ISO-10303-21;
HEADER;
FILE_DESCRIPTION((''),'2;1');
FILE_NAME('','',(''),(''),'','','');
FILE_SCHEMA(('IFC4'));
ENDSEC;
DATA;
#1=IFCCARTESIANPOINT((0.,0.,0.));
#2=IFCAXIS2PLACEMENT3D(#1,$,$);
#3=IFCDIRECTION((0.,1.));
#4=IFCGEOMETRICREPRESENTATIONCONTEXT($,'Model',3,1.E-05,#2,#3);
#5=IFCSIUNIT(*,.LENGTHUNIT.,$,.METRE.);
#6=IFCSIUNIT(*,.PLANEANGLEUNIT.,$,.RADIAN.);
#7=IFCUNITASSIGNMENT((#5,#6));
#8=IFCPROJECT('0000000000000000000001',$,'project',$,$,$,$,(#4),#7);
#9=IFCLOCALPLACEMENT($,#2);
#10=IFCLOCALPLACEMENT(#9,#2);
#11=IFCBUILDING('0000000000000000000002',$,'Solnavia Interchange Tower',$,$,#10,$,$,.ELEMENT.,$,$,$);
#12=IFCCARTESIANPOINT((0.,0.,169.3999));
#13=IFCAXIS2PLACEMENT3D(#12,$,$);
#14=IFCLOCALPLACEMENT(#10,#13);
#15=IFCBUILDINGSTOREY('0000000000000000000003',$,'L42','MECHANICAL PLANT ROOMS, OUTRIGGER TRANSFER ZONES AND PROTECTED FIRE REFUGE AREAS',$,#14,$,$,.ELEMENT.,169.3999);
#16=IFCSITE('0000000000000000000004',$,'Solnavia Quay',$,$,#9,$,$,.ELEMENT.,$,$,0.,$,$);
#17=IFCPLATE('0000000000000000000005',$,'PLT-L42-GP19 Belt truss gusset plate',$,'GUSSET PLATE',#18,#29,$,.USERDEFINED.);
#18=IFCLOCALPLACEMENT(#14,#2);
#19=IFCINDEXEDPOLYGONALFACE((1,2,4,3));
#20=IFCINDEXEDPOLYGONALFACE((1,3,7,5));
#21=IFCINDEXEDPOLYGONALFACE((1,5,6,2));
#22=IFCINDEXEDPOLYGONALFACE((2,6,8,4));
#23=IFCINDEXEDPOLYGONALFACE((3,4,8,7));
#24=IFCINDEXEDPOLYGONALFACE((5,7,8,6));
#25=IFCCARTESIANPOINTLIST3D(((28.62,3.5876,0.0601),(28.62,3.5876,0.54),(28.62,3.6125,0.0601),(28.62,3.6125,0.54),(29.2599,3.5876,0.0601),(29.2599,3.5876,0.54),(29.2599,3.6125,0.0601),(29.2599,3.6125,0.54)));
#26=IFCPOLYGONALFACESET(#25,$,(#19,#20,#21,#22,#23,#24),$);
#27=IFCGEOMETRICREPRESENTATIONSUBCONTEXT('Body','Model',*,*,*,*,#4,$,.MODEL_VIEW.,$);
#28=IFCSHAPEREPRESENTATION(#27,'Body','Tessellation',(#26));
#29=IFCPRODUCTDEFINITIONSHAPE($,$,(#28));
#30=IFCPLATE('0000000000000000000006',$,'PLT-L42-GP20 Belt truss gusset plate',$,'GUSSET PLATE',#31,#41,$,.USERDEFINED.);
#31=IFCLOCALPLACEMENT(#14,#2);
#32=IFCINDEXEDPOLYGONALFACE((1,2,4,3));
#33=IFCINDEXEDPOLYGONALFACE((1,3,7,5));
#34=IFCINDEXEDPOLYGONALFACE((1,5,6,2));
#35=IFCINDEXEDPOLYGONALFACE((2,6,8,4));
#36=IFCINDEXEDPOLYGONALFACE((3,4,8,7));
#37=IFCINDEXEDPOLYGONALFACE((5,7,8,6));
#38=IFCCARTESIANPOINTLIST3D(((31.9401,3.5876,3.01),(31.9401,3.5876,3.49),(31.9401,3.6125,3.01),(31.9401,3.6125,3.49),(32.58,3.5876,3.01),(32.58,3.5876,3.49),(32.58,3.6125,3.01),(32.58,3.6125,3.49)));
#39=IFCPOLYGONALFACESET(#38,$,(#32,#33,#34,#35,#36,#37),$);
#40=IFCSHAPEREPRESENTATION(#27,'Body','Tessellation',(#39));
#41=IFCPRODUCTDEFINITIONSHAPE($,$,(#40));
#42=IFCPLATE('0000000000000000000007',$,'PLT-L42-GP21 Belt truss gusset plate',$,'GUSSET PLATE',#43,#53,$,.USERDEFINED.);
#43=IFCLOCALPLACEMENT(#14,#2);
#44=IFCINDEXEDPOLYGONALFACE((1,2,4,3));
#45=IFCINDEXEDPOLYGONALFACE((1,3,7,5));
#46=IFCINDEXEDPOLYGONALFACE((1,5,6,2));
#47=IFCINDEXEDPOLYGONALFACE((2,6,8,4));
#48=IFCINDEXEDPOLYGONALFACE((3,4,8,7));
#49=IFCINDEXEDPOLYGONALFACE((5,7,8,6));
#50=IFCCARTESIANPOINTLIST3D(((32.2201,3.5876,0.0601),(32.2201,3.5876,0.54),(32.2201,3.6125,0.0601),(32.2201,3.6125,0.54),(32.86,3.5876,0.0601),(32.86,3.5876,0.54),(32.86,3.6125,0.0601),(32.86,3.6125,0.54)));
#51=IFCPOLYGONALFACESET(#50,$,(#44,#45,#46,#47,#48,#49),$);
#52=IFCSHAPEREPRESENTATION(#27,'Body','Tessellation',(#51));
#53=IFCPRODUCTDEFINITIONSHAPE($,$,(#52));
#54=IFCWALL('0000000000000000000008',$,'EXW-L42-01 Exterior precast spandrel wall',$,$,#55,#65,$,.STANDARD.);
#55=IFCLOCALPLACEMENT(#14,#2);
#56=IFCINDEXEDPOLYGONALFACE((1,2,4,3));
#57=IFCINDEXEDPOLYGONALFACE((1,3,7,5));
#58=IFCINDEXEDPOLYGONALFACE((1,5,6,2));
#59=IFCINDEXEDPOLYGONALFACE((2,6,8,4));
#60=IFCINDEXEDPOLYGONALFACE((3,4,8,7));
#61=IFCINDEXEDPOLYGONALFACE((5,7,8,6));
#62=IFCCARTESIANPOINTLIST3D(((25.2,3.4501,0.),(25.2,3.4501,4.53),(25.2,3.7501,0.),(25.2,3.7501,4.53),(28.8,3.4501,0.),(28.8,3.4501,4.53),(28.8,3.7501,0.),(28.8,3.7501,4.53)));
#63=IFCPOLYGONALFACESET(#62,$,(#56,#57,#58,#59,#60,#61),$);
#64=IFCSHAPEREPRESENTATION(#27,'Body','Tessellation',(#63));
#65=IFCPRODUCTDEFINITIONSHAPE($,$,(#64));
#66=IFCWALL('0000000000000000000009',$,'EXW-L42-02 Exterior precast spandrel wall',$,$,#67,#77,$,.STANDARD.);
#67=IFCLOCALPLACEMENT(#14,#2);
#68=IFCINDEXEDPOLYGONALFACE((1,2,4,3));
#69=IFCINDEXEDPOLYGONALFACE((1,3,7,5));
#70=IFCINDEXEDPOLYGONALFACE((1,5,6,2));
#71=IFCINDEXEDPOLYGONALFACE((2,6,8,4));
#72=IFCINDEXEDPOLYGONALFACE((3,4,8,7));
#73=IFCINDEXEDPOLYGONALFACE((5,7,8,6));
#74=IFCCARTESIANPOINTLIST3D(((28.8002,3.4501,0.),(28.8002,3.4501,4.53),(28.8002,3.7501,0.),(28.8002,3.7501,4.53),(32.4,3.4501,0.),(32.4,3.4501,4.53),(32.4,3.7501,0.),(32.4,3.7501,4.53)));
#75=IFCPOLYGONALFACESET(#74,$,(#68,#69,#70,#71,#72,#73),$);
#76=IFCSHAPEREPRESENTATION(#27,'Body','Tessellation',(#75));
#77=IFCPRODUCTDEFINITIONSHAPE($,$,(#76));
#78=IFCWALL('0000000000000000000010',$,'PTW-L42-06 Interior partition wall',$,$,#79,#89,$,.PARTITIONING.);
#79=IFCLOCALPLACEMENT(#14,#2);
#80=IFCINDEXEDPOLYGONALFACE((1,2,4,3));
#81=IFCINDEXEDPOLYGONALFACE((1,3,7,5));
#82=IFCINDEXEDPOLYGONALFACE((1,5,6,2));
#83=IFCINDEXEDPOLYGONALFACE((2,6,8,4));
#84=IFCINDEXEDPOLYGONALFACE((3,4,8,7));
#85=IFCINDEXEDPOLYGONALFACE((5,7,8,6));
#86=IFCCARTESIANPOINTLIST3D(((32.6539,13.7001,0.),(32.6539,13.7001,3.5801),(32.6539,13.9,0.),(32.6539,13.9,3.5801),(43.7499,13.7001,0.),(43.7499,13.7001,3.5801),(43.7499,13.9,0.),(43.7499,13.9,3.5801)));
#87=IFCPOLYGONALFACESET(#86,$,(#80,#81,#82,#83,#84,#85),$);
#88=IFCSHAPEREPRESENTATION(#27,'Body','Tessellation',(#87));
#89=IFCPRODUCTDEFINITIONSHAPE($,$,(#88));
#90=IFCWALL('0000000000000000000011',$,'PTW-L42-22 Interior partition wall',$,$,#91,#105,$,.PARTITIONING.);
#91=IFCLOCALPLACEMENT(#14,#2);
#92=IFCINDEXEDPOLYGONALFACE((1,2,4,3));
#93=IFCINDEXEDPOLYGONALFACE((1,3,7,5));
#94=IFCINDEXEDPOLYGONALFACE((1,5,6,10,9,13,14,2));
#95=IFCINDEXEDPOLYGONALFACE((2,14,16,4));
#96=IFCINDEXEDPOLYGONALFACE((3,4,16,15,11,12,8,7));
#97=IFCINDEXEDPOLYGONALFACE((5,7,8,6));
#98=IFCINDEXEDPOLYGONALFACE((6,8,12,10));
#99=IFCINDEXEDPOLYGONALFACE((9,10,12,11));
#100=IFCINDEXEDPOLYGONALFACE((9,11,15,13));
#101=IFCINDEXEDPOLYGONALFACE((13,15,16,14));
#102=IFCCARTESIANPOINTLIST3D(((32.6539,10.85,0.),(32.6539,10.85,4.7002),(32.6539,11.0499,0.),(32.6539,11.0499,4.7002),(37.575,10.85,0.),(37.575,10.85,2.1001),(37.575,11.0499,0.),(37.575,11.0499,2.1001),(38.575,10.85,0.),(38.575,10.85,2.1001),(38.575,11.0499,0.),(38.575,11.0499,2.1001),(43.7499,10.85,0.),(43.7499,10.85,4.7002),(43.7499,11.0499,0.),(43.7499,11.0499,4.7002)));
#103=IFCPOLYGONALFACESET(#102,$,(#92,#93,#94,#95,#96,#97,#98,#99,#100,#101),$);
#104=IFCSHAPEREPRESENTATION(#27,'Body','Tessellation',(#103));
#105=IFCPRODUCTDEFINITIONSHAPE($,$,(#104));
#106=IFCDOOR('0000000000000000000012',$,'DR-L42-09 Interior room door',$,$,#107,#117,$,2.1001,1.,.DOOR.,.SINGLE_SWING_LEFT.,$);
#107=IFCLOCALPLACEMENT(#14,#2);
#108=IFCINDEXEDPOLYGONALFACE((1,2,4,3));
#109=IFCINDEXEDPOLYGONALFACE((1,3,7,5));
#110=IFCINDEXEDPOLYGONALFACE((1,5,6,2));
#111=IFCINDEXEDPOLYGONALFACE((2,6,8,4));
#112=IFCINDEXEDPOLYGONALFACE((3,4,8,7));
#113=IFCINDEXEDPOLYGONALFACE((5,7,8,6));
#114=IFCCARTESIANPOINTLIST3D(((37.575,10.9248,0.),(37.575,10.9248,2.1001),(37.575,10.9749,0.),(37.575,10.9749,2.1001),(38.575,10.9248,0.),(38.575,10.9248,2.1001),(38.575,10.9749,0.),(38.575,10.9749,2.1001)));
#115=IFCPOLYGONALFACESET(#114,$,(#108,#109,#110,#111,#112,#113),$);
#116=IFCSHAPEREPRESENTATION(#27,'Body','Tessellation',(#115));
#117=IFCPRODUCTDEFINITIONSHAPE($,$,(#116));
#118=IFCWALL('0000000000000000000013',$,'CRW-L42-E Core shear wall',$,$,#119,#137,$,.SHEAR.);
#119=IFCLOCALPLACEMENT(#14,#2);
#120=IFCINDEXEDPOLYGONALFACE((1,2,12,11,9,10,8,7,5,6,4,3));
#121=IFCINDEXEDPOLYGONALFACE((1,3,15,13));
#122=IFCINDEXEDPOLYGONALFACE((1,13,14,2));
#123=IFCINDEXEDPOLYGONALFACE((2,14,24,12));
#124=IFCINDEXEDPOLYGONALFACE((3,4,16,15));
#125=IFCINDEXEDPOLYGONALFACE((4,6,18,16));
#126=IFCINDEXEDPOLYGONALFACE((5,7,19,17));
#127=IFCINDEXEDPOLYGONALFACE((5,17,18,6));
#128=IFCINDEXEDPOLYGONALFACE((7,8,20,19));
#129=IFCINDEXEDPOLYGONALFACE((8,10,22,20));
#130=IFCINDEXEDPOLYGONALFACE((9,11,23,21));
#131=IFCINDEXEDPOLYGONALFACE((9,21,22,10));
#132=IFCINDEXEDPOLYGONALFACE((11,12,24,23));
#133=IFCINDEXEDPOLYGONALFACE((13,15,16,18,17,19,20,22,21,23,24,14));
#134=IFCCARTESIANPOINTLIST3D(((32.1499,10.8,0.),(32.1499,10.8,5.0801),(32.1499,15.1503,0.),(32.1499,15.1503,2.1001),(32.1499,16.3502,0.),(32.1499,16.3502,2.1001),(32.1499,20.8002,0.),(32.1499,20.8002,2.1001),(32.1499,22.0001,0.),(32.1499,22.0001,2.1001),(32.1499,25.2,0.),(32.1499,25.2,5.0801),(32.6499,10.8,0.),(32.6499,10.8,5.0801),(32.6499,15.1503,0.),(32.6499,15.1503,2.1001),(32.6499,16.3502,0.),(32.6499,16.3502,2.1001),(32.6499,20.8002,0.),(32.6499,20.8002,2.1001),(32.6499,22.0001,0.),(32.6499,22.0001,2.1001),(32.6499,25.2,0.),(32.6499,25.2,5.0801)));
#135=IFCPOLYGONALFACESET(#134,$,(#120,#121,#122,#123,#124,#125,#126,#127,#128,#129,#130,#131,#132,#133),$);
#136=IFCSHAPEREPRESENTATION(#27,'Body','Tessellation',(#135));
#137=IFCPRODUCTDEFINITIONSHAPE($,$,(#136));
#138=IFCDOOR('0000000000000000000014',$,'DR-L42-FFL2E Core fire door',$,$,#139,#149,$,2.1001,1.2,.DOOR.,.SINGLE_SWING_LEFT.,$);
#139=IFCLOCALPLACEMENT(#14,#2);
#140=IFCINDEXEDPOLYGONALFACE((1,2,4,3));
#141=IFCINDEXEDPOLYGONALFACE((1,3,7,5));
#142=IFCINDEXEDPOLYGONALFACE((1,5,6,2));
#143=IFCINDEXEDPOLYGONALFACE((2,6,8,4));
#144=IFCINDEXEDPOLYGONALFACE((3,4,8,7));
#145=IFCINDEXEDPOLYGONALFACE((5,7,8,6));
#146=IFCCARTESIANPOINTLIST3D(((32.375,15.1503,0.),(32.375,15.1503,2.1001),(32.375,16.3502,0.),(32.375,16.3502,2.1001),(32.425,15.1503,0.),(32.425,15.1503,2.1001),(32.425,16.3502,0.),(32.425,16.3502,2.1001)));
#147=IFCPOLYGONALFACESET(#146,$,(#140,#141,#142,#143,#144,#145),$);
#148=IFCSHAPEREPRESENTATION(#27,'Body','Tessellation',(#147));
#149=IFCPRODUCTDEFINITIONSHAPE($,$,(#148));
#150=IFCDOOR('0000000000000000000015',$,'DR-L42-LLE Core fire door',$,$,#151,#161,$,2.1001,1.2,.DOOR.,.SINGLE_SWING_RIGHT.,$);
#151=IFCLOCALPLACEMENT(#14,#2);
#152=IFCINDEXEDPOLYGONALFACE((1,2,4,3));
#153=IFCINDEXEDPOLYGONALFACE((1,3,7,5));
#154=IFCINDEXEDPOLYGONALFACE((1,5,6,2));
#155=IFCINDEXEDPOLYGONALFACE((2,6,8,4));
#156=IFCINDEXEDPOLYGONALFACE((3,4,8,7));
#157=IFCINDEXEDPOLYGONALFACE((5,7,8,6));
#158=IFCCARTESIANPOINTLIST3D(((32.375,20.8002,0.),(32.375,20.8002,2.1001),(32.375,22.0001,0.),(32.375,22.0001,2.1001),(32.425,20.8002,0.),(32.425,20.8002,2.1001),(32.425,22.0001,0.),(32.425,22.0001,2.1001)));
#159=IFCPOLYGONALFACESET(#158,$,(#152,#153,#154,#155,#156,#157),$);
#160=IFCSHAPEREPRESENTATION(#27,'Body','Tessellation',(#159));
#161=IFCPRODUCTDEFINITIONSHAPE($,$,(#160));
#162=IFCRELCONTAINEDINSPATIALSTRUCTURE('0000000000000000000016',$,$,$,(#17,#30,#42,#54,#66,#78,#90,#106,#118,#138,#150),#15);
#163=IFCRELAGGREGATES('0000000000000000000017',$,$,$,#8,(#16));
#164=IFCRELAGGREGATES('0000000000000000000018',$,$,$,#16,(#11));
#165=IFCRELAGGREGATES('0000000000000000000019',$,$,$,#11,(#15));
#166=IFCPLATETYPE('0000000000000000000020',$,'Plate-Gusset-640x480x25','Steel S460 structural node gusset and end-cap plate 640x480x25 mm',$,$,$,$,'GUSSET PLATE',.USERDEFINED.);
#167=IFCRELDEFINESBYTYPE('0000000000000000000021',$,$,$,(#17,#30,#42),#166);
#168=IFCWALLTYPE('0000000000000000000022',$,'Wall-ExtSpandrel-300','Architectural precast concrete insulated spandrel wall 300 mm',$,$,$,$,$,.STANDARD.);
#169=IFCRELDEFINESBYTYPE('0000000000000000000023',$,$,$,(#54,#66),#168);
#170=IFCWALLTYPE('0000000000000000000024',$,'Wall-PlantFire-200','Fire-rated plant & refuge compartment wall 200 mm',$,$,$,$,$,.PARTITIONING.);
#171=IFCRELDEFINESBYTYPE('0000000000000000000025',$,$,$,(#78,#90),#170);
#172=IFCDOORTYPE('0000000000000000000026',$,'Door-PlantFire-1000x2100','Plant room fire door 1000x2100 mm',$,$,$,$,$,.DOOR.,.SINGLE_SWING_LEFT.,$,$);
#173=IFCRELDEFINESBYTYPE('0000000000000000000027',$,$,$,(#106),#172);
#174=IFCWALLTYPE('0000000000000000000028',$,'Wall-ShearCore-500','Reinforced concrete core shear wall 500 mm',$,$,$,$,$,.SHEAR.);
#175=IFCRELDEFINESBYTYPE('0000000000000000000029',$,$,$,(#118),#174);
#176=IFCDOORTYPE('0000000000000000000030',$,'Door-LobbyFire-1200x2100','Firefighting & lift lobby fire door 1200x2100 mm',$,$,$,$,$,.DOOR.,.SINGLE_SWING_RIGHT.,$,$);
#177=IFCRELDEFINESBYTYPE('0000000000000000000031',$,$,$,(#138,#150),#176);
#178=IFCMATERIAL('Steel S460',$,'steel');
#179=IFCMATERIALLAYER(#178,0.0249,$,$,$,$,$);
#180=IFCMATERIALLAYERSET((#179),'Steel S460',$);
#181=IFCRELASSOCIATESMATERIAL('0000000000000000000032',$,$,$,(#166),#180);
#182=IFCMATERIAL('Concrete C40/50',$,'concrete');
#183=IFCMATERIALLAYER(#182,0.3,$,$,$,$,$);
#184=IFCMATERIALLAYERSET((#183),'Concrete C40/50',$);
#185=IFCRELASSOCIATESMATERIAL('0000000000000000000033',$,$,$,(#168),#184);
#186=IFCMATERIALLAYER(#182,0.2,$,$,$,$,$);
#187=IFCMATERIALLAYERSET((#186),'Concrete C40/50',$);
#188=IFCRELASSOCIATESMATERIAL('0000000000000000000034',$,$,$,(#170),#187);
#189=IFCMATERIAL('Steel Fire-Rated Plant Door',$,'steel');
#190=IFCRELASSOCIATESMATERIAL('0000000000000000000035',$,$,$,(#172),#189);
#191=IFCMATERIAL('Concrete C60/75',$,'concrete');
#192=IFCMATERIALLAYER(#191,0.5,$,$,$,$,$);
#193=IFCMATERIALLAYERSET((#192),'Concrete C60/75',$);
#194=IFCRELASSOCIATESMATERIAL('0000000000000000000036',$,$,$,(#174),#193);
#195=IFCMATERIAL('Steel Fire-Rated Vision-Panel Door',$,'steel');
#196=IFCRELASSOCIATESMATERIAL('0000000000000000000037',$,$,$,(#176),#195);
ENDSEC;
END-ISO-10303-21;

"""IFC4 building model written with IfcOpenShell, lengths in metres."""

from ifc_helpers import new_model, si_unit, direction, frame, frame_2d, origin, origin_2d, place, context, subcontext, project, spatial, rectangle, extrude, material, layer, layer_set, type_object, element, fill, save


model = new_model("IFC4")

# Units and contexts
model_context = context("Model", 3, precision=1e-05, world=origin(), true_north=direction((0.0, 1.0)))
body_context = subcontext(model_context, "Body", "Model", "MODEL_VIEW")
ifc_project = project(units=[si_unit("LENGTHUNIT", "METRE"), si_unit("PLANEANGLEUNIT", "RADIAN")], contexts=[model_context])

# Site, building, storey
site_placement = place(None, origin())
site = spatial("IfcSite", under=ifc_project, at=site_placement, Name="Solnavia Quay", CompositionType="ELEMENT", RefElevation=0.0)
building_placement = place(site_placement, origin())
building = spatial("IfcBuilding", under=site, at=building_placement, Name="Solnavia Interchange Tower", CompositionType="ELEMENT")
storey_placement = place(building_placement, frame((0.0, 0.0, 169.3999)))
storey = spatial("IfcBuildingStorey", under=building, at=storey_placement, Name="L42", Description="MECHANICAL PLANT ROOMS, OUTRIGGER TRANSFER ZONES AND PROTECTED FIRE REFUGE AREAS", CompositionType="ELEMENT", Elevation=169.3999)

# Shared definitions
ifc_material_1 = material(Name="Steel S460", Category="steel")

# Plates
ifc_layer_1 = layer(ifc_material_1, 0.0249)
ifc_layer_set_1 = layer_set([ifc_layer_1], Name="Steel S460")
plate_type = type_object("IfcPlateType", Name="Plate-Gusset-640x480x25", Description="Steel S460 structural node gusset and end-cap plate 640x480x25 mm", ElementType="GUSSET PLATE", PredefinedType="USERDEFINED", material=ifc_layer_set_1)
for number, where, z_axis, x_axis, name in (
    (1, (28.9399, 3.6001, 0.0601), (0.0, 0.0, 1.0), (1.0, 0.0, 0.0), "PLT-L42-GP19 Belt truss gusset plate"),
    (2, (32.26, 3.6001, 3.01), (0.0, 0.0, 1.0), (1.0, 0.0, 0.0), "PLT-L42-GP20 Belt truss gusset plate"),
    (3, (32.54, 3.6001, 0.0601), (0.0, 0.0, 1.0), (1.0, 0.0, 0.0), "PLT-L42-GP21 Belt truss gusset plate"),
):
    element("IfcPlate", number, at=place(storey_placement, frame(where, z_axis=z_axis, x_axis=x_axis)), inside=storey, type_object=plate_type, Name=name, ObjectType="GUSSET PLATE", PredefinedType="USERDEFINED", context=body_context, shape_type="SweptSolid", body=[
        extrude(rectangle(XDim=0.6399, YDim=0.0249, at=origin_2d()), origin(), (0.0, 0.0, 1.0), 0.48),
    ])

# Walls
ifc_material_2 = material(Name="Concrete C40/50", Category="concrete")
ifc_layer_2 = layer(ifc_material_2, 0.3)
ifc_layer_set_2 = layer_set([ifc_layer_2], Name="Concrete C40/50")
wall_type_1 = type_object("IfcWallType", Name="Wall-ExtSpandrel-300", Description="Architectural precast concrete insulated spandrel wall 300 mm", PredefinedType="STANDARD", material=ifc_layer_set_2)
wall_1_placement = place(storey_placement, frame((28.8, 3.6001, 0.0), z_axis=(0.0, 0.0, 1.0), x_axis=(-1.0, 0.0, 0.0)))
element("IfcWall", 4, at=wall_1_placement, inside=storey, type_object=wall_type_1, Name="EXW-L42-01 Exterior precast spandrel wall", PredefinedType="STANDARD", context=body_context, shape_type="SweptSolid", body=[
    extrude(rectangle(XDim=3.6001, YDim=0.3, at=frame_2d((1.8, 0.0))), origin(), (0.0, 0.0, 1.0), 4.53),
])
wall_2_placement = place(storey_placement, frame((32.3999, 3.6001, 0.0), z_axis=(0.0, 0.0, 1.0), x_axis=(-1.0, 0.0, 0.0)))
element("IfcWall", 5, at=wall_2_placement, inside=storey, type_object=wall_type_1, Name="EXW-L42-02 Exterior precast spandrel wall", PredefinedType="STANDARD", context=body_context, shape_type="SweptSolid", body=[
    extrude(rectangle(XDim=3.5999, YDim=0.3, at=frame_2d((1.7998, 0.0))), origin(), (0.0, 0.0, 1.0), 4.53),
])
ifc_layer_3 = layer(ifc_material_2, 0.2)
ifc_layer_set_3 = layer_set([ifc_layer_3], Name="Concrete C40/50")
wall_type_2 = type_object("IfcWallType", Name="Wall-PlantFire-200", Description="Fire-rated plant & refuge compartment wall 200 mm", PredefinedType="PARTITIONING", material=ifc_layer_set_3)
wall_3_placement = place(storey_placement, frame((32.6541, 13.8, 0.0), z_axis=(0.0, 0.0, 1.0), x_axis=(1.0, 0.0, 0.0)))
element("IfcWall", 6, at=wall_3_placement, inside=storey, type_object=wall_type_2, Name="PTW-L42-06 Interior partition wall", PredefinedType="PARTITIONING", context=body_context, shape_type="SweptSolid", body=[
    extrude(rectangle(XDim=11.0959, YDim=0.2, at=frame_2d((5.5479, 0.0))), origin(), (0.0, 0.0, 1.0), 3.5801),
])

# Wall, opening, door
wall_4_placement = place(storey_placement, frame((32.6541, 10.95, 0.0), z_axis=(0.0, 0.0, 1.0), x_axis=(1.0, 0.0, 0.0)))
wall_4 = element("IfcWall", 7, at=wall_4_placement, inside=storey, type_object=wall_type_2, Name="PTW-L42-22 Interior partition wall", PredefinedType="PARTITIONING", context=body_context, shape_type="SweptSolid", body=[
    extrude(rectangle(XDim=11.0959, YDim=0.2, at=frame_2d((5.5479, 0.0))), origin(), (0.0, 0.0, 1.0), 4.7002),
])
opening_1_placement = place(wall_4_placement, frame((4.9209, 0.0, 0.0)))
opening_1 = element("IfcOpeningElement", 8, at=opening_1_placement, cuts=wall_4, PredefinedType="OPENING", context=body_context, shape_type="SweptSolid", body=[
    extrude(rectangle(XDim=1.0, YDim=2.1001, at=frame_2d((0.5, 1.05))), frame((0.0, 0.1099, 0.0), z_axis=(0.0, -1.0, 0.0), x_axis=(1.0, 0.0, 0.0)), (0.0, 0.0, 1.0), 0.22),
])
ifc_material_3 = material(Name="Steel Fire-Rated Plant Door", Category="steel")
door_type_1 = type_object("IfcDoorType", Name="Door-PlantFire-1000x2100", Description="Plant room fire door 1000x2100 mm", OperationType="SINGLE_SWING_LEFT", PredefinedType="DOOR", material=ifc_material_3)
door_1_placement = place(opening_1_placement, origin())
door_1 = element("IfcDoor", 9, at=door_1_placement, inside=storey, type_object=door_type_1, Name="DR-L42-09 Interior room door", OperationType="SINGLE_SWING_LEFT", OverallHeight=2.1001, OverallWidth=1.0, PredefinedType="DOOR", context=body_context, shape_type="SweptSolid", body=[
    extrude(rectangle(XDim=1.0, YDim=2.1001, at=frame_2d((0.5, 1.05))), frame((0.0, 0.0249, 0.0), z_axis=(0.0, -1.0, 0.0), x_axis=(1.0, 0.0, 0.0)), (0.0, 0.0, 1.0), 0.05),
])
fill(opening_1, door_1)

# Wall, openings, doors
ifc_material_4 = material(Name="Concrete C60/75", Category="concrete")
ifc_layer_4 = layer(ifc_material_4, 0.5)
ifc_layer_set_4 = layer_set([ifc_layer_4], Name="Concrete C60/75")
wall_type_3 = type_object("IfcWallType", Name="Wall-ShearCore-500", Description="Reinforced concrete core shear wall 500 mm", PredefinedType="SHEAR", material=ifc_layer_set_4)
wall_5_placement = place(storey_placement, frame((32.3999, 10.8, 0.0), z_axis=(0.0, 0.0, 1.0), x_axis=(0.0, 1.0, 0.0)))
wall_5 = element("IfcWall", 10, at=wall_5_placement, inside=storey, type_object=wall_type_3, Name="CRW-L42-E Core shear wall", PredefinedType="SHEAR", context=body_context, shape_type="SweptSolid", body=[
    extrude(rectangle(XDim=14.3999, YDim=0.5, at=frame_2d((7.2, 0.0))), origin(), (0.0, 0.0, 1.0), 5.0801),
])
opening_2_placement = place(wall_5_placement, frame((4.3501, 0.0, 0.0)))
opening_2 = element("IfcOpeningElement", 11, at=opening_2_placement, cuts=wall_5, PredefinedType="OPENING", context=body_context, shape_type="SweptSolid", body=[
    extrude(rectangle(XDim=1.2, YDim=2.1001, at=frame_2d((0.6001, 1.05))), frame((0.0, 0.26, 0.0), z_axis=(0.0, -1.0, 0.0), x_axis=(1.0, 0.0, 0.0)), (0.0, 0.0, 1.0), 0.52),
])
opening_3_placement = place(wall_5_placement, frame((10.0, 0.0, 0.0)))
opening_3 = element("IfcOpeningElement", 12, at=opening_3_placement, cuts=wall_5, PredefinedType="OPENING", context=body_context, shape_type="SweptSolid", body=[
    extrude(rectangle(XDim=1.2, YDim=2.1001, at=frame_2d((0.6001, 1.05))), frame((0.0, 0.26, 0.0), z_axis=(0.0, -1.0, 0.0), x_axis=(1.0, 0.0, 0.0)), (0.0, 0.0, 1.0), 0.52),
])
ifc_material_5 = material(Name="Steel Fire-Rated Vision-Panel Door", Category="steel")
door_type_2 = type_object("IfcDoorType", Name="Door-LobbyFire-1200x2100", Description="Firefighting & lift lobby fire door 1200x2100 mm", OperationType="SINGLE_SWING_RIGHT", PredefinedType="DOOR", material=ifc_material_5)
door_2_placement = place(opening_2_placement, origin())
door_2 = element("IfcDoor", 13, at=door_2_placement, inside=storey, type_object=door_type_2, Name="DR-L42-FFL2E Core fire door", OperationType="SINGLE_SWING_LEFT", OverallHeight=2.1001, OverallWidth=1.2, PredefinedType="DOOR", context=body_context, shape_type="SweptSolid", body=[
    extrude(rectangle(XDim=1.2, YDim=2.1001, at=frame_2d((0.6001, 1.05))), frame((0.0, 0.0249, 0.0), z_axis=(0.0, -1.0, 0.0), x_axis=(1.0, 0.0, 0.0)), (0.0, 0.0, 1.0), 0.05),
])
fill(opening_2, door_2)
door_3_placement = place(opening_3_placement, origin())
door_3 = element("IfcDoor", 14, at=door_3_placement, inside=storey, type_object=door_type_2, Name="DR-L42-LLE Core fire door", OperationType="SINGLE_SWING_RIGHT", OverallHeight=2.1001, OverallWidth=1.2, PredefinedType="DOOR", context=body_context, shape_type="SweptSolid", body=[
    extrude(rectangle(XDim=1.2, YDim=2.1001, at=frame_2d((0.6001, 1.05))), frame((0.0, 0.0249, 0.0), z_axis=(0.0, -1.0, 0.0), x_axis=(1.0, 0.0, 0.0)), (0.0, 0.0, 1.0), 0.05),
])
fill(opening_3, door_3)

save(model, "model.ifc")
